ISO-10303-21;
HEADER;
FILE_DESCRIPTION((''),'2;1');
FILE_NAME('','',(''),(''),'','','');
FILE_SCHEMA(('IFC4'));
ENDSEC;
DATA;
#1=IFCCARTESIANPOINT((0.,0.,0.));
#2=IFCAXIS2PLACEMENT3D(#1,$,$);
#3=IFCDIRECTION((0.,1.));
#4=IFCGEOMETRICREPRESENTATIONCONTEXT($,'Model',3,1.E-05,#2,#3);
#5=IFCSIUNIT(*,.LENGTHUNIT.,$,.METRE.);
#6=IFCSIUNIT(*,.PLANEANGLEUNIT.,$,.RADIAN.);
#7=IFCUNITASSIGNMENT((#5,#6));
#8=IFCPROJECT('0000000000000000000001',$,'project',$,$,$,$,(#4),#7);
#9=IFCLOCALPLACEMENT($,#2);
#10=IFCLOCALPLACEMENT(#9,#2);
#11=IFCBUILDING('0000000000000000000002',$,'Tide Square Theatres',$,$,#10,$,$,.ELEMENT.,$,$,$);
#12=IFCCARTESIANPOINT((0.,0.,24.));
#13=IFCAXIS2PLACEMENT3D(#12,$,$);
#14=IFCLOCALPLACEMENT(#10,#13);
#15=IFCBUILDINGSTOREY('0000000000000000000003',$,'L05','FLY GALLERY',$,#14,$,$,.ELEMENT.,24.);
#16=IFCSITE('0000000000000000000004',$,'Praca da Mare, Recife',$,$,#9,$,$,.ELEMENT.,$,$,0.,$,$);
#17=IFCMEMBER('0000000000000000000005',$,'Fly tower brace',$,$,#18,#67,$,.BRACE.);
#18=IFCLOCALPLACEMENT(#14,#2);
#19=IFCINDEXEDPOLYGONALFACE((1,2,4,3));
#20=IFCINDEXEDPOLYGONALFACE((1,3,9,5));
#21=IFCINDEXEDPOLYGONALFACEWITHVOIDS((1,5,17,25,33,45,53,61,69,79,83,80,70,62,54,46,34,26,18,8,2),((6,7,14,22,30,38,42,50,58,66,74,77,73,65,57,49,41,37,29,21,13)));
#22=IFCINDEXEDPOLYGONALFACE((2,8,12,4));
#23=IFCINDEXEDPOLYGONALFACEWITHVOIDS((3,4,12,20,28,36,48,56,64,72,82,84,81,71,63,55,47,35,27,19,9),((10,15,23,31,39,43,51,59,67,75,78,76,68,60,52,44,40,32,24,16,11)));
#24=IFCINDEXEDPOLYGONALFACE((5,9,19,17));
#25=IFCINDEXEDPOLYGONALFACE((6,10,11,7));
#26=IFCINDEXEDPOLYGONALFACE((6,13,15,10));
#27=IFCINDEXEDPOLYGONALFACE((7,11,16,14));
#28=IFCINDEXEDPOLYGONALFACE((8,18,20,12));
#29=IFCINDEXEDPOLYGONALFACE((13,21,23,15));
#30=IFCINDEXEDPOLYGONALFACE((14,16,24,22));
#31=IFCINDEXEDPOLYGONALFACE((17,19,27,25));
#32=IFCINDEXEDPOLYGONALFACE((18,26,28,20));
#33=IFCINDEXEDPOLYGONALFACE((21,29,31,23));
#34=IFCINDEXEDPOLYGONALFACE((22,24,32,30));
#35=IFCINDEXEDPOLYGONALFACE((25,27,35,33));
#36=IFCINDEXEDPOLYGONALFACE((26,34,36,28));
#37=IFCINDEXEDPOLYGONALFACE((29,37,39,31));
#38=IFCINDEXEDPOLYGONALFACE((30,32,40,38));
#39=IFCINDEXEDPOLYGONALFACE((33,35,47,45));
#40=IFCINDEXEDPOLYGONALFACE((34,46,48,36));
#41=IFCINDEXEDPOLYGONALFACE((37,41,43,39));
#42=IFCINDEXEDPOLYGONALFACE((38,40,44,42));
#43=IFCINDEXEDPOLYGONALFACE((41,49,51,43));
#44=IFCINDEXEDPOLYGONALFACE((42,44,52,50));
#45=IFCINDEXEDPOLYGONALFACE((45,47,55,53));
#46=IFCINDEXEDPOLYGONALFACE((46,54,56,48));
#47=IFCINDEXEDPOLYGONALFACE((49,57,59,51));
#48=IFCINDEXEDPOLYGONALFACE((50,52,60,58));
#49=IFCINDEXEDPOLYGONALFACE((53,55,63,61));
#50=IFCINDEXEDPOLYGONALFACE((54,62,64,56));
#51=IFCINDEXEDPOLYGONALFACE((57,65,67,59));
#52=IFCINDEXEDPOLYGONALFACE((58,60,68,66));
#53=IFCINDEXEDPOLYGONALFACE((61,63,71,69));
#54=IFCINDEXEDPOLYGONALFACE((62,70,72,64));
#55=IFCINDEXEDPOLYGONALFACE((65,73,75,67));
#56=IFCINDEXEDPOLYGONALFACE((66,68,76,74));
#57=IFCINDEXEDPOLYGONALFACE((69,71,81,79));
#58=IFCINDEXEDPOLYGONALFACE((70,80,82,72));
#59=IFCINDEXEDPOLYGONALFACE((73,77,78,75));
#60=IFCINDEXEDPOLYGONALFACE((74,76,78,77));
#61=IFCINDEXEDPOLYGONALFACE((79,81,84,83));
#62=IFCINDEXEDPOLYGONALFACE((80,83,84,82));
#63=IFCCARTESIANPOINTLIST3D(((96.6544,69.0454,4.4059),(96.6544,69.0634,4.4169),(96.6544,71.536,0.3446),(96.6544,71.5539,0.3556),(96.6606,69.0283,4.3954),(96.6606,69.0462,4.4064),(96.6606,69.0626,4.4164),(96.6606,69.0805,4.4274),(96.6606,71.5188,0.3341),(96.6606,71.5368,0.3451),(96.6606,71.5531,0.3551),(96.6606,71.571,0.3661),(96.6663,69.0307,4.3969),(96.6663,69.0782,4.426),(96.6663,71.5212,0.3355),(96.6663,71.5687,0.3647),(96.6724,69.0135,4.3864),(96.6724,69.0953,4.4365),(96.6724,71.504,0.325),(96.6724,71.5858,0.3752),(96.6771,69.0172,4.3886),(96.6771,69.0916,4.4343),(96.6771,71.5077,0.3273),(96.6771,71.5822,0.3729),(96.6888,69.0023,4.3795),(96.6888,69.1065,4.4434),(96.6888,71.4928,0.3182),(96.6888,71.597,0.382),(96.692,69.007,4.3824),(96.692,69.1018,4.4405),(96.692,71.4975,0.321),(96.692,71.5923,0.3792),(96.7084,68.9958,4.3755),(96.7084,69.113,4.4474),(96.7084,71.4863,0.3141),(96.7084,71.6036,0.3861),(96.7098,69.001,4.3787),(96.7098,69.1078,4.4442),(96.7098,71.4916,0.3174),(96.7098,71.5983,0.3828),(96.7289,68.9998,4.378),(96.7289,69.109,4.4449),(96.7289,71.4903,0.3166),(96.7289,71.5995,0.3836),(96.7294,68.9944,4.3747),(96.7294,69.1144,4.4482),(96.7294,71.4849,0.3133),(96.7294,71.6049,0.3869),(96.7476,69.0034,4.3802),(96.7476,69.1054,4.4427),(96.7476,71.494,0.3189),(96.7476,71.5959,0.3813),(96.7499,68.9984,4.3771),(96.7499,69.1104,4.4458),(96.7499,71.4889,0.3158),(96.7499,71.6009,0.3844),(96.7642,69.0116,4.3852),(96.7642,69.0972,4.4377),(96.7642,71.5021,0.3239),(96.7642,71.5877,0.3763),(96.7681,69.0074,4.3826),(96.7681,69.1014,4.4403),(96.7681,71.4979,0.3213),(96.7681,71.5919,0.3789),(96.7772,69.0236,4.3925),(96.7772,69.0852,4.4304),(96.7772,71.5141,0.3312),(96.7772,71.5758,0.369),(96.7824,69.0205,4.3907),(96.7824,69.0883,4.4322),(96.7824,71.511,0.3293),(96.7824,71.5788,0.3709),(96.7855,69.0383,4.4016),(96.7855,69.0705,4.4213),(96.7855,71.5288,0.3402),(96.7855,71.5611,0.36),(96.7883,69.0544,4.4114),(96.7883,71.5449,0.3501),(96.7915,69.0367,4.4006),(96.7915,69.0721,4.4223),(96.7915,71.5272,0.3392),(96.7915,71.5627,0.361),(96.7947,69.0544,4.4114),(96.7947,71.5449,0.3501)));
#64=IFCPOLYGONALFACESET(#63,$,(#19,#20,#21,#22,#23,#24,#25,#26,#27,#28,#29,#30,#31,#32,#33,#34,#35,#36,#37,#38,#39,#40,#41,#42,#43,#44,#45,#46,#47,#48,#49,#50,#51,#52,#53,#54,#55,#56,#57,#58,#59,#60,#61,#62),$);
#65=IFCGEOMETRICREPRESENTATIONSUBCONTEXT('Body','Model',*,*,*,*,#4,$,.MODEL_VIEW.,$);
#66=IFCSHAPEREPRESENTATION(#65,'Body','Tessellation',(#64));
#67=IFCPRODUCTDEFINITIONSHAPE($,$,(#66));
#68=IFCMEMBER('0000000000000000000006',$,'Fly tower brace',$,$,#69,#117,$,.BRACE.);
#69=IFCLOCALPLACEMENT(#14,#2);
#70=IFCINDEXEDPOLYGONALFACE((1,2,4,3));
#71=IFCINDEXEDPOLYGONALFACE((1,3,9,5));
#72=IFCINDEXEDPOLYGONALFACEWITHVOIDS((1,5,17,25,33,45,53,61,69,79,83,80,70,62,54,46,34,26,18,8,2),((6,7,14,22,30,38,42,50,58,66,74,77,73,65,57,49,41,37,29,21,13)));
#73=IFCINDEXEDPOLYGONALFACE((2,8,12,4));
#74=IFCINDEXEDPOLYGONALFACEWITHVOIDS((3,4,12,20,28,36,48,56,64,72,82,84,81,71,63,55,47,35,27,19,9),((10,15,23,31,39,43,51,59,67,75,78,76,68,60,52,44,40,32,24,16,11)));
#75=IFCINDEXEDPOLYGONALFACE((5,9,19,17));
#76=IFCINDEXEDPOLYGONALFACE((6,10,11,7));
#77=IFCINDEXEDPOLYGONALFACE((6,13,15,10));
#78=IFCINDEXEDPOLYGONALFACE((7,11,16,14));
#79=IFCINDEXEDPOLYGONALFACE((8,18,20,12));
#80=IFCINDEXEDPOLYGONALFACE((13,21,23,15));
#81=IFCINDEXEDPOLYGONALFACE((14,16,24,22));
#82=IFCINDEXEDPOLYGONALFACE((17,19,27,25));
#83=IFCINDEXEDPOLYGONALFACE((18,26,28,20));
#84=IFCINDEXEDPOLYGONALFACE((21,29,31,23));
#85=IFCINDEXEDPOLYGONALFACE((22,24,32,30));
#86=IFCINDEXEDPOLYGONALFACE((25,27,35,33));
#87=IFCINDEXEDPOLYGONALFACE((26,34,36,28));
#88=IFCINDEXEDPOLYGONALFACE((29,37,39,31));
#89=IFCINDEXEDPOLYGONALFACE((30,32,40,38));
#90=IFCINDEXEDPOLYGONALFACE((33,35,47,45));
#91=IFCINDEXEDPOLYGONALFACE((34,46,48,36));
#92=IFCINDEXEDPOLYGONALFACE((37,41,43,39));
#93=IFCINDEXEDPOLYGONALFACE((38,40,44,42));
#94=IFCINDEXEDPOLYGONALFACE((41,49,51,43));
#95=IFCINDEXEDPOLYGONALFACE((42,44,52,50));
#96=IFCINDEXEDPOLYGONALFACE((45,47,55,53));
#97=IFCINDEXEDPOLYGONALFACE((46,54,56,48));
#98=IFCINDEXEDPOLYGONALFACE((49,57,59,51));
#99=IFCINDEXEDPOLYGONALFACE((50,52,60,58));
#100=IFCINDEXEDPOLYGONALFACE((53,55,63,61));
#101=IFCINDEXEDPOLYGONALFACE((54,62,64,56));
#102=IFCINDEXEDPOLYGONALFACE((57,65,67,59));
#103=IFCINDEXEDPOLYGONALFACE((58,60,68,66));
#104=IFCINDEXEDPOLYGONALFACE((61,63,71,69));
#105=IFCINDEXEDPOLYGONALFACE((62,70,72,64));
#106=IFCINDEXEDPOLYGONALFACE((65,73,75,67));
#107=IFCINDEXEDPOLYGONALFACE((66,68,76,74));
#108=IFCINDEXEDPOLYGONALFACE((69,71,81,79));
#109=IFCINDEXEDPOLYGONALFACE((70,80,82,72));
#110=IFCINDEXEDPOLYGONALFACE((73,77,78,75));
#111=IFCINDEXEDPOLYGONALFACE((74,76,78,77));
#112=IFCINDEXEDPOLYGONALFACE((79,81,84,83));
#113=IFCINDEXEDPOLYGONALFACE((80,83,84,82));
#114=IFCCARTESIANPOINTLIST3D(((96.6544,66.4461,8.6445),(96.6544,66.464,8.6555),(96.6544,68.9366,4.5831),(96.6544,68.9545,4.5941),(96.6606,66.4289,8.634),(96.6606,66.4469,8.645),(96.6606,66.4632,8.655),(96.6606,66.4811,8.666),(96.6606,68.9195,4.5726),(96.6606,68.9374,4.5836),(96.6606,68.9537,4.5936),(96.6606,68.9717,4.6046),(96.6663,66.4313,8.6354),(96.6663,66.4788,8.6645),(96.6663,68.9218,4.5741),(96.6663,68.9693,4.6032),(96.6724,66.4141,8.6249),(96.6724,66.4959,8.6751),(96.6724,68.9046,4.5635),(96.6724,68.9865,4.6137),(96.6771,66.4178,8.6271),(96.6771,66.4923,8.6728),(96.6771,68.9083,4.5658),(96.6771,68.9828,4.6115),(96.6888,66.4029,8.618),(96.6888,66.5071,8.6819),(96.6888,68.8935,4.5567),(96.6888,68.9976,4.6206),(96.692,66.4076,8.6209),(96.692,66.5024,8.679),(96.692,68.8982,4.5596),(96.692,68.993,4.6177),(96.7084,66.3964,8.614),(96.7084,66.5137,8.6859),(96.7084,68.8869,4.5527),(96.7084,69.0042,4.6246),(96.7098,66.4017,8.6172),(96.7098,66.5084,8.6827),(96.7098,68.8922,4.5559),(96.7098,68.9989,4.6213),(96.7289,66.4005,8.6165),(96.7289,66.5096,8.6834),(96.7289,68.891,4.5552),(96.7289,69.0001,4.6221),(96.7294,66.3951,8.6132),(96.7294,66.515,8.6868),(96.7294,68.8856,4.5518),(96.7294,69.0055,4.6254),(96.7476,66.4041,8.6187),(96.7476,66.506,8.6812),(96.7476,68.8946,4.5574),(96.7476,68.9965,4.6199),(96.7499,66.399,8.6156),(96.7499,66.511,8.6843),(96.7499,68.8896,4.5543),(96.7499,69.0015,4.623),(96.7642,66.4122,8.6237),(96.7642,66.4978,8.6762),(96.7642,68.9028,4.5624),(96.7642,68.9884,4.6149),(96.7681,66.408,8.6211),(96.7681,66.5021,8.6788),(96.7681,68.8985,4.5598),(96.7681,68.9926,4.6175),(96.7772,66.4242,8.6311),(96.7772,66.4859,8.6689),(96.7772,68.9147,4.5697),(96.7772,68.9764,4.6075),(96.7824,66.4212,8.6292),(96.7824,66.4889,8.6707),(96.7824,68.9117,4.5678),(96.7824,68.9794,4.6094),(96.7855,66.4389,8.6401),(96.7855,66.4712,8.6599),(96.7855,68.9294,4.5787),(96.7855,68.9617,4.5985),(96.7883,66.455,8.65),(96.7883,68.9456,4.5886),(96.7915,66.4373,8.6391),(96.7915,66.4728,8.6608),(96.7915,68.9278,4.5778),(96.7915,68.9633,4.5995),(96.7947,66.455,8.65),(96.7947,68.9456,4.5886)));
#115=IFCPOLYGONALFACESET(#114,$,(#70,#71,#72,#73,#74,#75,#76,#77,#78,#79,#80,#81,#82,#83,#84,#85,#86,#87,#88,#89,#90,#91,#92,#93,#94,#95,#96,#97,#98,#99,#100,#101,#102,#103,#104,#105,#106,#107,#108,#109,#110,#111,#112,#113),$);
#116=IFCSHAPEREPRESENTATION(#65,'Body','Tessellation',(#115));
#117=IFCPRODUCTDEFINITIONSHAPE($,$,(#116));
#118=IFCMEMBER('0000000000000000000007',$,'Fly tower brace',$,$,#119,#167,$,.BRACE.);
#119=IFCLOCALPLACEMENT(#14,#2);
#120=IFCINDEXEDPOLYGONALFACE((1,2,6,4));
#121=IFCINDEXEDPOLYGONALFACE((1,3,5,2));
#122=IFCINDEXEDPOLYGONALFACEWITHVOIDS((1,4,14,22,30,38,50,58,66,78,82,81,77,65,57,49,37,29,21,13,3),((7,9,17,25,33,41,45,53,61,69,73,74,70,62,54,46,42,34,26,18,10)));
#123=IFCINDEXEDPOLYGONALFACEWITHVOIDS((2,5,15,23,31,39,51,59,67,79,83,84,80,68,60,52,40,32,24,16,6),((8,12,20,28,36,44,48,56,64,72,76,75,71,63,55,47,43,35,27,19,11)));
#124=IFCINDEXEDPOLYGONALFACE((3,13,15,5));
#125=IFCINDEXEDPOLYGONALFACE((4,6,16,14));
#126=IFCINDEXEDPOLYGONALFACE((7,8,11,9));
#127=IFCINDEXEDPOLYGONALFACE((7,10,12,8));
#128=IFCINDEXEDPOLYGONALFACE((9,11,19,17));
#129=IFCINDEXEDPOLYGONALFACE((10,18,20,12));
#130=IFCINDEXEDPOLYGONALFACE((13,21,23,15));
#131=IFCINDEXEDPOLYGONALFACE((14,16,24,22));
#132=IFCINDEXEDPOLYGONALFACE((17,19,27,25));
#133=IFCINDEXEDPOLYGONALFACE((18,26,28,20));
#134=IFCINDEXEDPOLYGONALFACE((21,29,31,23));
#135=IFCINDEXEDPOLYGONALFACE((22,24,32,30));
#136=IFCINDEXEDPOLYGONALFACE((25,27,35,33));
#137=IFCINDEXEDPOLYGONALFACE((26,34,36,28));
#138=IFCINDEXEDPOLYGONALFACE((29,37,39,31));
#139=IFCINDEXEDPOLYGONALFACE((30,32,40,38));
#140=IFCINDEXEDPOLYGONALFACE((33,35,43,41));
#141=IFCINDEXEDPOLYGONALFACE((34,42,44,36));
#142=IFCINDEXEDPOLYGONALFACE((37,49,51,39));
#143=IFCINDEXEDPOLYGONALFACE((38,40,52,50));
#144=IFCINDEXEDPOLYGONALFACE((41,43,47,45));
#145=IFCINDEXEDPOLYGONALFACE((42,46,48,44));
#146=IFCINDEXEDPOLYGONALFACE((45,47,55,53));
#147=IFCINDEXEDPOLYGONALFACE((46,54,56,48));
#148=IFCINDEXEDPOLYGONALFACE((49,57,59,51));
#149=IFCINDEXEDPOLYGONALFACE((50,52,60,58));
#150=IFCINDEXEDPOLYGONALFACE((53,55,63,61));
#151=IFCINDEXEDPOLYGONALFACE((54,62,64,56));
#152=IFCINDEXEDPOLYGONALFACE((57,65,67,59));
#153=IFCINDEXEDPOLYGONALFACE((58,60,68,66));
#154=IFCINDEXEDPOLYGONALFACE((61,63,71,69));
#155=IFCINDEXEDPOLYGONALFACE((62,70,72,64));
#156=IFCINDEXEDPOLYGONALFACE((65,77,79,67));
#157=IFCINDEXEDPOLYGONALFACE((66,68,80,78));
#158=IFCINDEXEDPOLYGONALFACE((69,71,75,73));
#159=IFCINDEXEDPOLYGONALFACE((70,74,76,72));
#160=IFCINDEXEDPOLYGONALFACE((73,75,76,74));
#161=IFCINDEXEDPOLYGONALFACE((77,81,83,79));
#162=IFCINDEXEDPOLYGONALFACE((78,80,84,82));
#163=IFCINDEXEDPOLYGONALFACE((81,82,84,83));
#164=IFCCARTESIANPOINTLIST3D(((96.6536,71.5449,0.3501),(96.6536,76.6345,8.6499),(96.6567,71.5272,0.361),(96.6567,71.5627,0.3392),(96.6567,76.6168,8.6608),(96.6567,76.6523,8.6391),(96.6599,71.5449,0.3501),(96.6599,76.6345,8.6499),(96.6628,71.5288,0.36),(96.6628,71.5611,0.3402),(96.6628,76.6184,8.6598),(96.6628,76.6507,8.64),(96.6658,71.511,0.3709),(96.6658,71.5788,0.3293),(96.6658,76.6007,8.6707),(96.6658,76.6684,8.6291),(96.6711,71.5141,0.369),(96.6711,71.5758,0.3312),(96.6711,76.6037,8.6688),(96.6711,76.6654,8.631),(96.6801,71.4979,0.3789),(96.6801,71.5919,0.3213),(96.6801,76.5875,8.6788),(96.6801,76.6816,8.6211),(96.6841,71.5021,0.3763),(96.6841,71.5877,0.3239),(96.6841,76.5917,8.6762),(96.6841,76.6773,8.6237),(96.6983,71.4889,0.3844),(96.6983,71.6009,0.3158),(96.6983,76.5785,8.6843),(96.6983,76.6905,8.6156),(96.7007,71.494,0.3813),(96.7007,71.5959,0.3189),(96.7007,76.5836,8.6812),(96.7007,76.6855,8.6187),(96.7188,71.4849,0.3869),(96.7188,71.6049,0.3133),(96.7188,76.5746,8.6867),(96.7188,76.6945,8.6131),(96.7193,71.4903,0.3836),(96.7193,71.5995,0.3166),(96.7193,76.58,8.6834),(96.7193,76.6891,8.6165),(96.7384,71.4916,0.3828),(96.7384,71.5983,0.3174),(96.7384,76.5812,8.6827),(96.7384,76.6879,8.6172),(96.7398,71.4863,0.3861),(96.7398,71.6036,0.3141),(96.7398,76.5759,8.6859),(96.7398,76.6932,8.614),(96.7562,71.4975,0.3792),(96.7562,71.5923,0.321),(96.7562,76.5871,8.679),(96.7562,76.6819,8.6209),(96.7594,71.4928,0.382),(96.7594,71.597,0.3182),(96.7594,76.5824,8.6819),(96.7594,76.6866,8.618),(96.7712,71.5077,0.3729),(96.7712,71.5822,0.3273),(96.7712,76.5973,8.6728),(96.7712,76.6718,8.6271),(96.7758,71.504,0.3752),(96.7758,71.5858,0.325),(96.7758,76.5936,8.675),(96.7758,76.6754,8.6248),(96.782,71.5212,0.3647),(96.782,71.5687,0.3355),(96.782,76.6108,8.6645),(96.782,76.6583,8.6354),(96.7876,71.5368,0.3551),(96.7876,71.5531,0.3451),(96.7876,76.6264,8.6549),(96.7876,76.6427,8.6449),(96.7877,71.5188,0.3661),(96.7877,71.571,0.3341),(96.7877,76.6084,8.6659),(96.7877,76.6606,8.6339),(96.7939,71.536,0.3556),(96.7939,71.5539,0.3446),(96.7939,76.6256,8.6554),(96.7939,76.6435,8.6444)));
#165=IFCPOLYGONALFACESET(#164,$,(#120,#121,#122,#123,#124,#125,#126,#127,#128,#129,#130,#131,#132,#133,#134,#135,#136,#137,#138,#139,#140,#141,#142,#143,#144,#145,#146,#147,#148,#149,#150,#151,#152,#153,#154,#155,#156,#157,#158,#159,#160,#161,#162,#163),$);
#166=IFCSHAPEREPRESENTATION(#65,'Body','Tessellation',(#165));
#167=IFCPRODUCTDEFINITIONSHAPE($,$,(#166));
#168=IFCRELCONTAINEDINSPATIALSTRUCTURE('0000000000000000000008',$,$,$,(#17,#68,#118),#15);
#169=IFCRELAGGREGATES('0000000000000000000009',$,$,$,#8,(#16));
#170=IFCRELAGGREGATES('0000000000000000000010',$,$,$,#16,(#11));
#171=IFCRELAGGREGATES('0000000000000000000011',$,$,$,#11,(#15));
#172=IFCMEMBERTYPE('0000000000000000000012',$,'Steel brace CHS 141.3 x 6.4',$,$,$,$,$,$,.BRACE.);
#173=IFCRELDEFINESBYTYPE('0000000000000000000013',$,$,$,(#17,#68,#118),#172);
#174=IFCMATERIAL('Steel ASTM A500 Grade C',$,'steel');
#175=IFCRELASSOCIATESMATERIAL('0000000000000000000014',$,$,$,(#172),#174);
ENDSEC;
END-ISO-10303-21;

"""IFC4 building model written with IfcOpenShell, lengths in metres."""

from ifc_helpers import new_model, si_unit, direction, frame, origin, origin_2d, place, context, subcontext, project, spatial, hollow_circle, extrude, material, material_profile, profile_set, type_object, element, save


model = new_model("IFC4")

# Units and contexts
model_context = context("Model", 3, precision=1e-05, world=origin(), true_north=direction((0.0, 1.0)))
body_context = subcontext(model_context, "Body", "Model", "MODEL_VIEW")
ifc_project = project(units=[si_unit("LENGTHUNIT", "METRE"), si_unit("PLANEANGLEUNIT", "RADIAN")], contexts=[model_context])

# Site, building, storey
site_placement = place(None, origin())
site = spatial("IfcSite", under=ifc_project, at=site_placement, Name="Praca da Mare, Recife", CompositionType="ELEMENT", RefElevation=0.0)
building_placement = place(site_placement, origin())
building = spatial("IfcBuilding", under=site, at=building_placement, Name="Tide Square Theatres", CompositionType="ELEMENT")
storey_placement = place(building_placement, frame((0.0, 0.0, 24.0)))
storey = spatial("IfcBuildingStorey", under=building, at=storey_placement, Name="L05", Description="FLY GALLERY", CompositionType="ELEMENT", Elevation=24.0)

# Members
ifc_material_1 = material(Name="Steel ASTM A500 Grade C", Category="steel")
ifc_material_profile_1 = material_profile(ifc_material_1, hollow_circle(Radius=0.0706, WallThickness=0.0063, at=origin_2d()))
ifc_profile_set_1 = profile_set([ifc_material_profile_1], Name="Steel ASTM A500 Grade C")
member_type = type_object("IfcMemberType", Name="Steel brace CHS 141.3 x 6.4", PredefinedType="BRACE", material=ifc_profile_set_1)
for number, where, z_axis, x_axis, name in (
    (1, (96.7241, 71.5449, 0.3501), (0.0, -0.522762, 0.852479), (1.0, 0.0, 0.0), "Fly tower brace"),
    (2, (96.7241, 68.9456, 4.5886), (0.0, -0.522762, 0.852479), (1.0, 0.0, 0.0), "Fly tower brace"),
):
    element("IfcMember", number, at=place(storey_placement, frame(where, z_axis=z_axis, x_axis=x_axis)), inside=storey, type_object=member_type, Name=name, PredefinedType="BRACE", context=body_context, shape_type="SweptSolid", body=[
        extrude(hollow_circle(Radius=0.0706, WallThickness=0.0063, at=origin_2d()), origin(), (0.0, 0.0, 1.0), 4.7642),
    ])
member_1_placement = place(storey_placement, frame((96.7241, 71.5449, 0.3501), z_axis=(0.0, 0.522758, 0.852481), x_axis=(-1.0, 0.0, 0.0)))
element("IfcMember", 3, at=member_1_placement, inside=storey, type_object=member_type, Name="Fly tower brace", PredefinedType="BRACE", context=body_context, shape_type="SweptSolid", body=[
    extrude(hollow_circle(Radius=0.0706, WallThickness=0.0063, at=origin_2d()), origin(), (0.0, 0.0, 1.0), 9.7361),
])

save(model, "model.ifc")
